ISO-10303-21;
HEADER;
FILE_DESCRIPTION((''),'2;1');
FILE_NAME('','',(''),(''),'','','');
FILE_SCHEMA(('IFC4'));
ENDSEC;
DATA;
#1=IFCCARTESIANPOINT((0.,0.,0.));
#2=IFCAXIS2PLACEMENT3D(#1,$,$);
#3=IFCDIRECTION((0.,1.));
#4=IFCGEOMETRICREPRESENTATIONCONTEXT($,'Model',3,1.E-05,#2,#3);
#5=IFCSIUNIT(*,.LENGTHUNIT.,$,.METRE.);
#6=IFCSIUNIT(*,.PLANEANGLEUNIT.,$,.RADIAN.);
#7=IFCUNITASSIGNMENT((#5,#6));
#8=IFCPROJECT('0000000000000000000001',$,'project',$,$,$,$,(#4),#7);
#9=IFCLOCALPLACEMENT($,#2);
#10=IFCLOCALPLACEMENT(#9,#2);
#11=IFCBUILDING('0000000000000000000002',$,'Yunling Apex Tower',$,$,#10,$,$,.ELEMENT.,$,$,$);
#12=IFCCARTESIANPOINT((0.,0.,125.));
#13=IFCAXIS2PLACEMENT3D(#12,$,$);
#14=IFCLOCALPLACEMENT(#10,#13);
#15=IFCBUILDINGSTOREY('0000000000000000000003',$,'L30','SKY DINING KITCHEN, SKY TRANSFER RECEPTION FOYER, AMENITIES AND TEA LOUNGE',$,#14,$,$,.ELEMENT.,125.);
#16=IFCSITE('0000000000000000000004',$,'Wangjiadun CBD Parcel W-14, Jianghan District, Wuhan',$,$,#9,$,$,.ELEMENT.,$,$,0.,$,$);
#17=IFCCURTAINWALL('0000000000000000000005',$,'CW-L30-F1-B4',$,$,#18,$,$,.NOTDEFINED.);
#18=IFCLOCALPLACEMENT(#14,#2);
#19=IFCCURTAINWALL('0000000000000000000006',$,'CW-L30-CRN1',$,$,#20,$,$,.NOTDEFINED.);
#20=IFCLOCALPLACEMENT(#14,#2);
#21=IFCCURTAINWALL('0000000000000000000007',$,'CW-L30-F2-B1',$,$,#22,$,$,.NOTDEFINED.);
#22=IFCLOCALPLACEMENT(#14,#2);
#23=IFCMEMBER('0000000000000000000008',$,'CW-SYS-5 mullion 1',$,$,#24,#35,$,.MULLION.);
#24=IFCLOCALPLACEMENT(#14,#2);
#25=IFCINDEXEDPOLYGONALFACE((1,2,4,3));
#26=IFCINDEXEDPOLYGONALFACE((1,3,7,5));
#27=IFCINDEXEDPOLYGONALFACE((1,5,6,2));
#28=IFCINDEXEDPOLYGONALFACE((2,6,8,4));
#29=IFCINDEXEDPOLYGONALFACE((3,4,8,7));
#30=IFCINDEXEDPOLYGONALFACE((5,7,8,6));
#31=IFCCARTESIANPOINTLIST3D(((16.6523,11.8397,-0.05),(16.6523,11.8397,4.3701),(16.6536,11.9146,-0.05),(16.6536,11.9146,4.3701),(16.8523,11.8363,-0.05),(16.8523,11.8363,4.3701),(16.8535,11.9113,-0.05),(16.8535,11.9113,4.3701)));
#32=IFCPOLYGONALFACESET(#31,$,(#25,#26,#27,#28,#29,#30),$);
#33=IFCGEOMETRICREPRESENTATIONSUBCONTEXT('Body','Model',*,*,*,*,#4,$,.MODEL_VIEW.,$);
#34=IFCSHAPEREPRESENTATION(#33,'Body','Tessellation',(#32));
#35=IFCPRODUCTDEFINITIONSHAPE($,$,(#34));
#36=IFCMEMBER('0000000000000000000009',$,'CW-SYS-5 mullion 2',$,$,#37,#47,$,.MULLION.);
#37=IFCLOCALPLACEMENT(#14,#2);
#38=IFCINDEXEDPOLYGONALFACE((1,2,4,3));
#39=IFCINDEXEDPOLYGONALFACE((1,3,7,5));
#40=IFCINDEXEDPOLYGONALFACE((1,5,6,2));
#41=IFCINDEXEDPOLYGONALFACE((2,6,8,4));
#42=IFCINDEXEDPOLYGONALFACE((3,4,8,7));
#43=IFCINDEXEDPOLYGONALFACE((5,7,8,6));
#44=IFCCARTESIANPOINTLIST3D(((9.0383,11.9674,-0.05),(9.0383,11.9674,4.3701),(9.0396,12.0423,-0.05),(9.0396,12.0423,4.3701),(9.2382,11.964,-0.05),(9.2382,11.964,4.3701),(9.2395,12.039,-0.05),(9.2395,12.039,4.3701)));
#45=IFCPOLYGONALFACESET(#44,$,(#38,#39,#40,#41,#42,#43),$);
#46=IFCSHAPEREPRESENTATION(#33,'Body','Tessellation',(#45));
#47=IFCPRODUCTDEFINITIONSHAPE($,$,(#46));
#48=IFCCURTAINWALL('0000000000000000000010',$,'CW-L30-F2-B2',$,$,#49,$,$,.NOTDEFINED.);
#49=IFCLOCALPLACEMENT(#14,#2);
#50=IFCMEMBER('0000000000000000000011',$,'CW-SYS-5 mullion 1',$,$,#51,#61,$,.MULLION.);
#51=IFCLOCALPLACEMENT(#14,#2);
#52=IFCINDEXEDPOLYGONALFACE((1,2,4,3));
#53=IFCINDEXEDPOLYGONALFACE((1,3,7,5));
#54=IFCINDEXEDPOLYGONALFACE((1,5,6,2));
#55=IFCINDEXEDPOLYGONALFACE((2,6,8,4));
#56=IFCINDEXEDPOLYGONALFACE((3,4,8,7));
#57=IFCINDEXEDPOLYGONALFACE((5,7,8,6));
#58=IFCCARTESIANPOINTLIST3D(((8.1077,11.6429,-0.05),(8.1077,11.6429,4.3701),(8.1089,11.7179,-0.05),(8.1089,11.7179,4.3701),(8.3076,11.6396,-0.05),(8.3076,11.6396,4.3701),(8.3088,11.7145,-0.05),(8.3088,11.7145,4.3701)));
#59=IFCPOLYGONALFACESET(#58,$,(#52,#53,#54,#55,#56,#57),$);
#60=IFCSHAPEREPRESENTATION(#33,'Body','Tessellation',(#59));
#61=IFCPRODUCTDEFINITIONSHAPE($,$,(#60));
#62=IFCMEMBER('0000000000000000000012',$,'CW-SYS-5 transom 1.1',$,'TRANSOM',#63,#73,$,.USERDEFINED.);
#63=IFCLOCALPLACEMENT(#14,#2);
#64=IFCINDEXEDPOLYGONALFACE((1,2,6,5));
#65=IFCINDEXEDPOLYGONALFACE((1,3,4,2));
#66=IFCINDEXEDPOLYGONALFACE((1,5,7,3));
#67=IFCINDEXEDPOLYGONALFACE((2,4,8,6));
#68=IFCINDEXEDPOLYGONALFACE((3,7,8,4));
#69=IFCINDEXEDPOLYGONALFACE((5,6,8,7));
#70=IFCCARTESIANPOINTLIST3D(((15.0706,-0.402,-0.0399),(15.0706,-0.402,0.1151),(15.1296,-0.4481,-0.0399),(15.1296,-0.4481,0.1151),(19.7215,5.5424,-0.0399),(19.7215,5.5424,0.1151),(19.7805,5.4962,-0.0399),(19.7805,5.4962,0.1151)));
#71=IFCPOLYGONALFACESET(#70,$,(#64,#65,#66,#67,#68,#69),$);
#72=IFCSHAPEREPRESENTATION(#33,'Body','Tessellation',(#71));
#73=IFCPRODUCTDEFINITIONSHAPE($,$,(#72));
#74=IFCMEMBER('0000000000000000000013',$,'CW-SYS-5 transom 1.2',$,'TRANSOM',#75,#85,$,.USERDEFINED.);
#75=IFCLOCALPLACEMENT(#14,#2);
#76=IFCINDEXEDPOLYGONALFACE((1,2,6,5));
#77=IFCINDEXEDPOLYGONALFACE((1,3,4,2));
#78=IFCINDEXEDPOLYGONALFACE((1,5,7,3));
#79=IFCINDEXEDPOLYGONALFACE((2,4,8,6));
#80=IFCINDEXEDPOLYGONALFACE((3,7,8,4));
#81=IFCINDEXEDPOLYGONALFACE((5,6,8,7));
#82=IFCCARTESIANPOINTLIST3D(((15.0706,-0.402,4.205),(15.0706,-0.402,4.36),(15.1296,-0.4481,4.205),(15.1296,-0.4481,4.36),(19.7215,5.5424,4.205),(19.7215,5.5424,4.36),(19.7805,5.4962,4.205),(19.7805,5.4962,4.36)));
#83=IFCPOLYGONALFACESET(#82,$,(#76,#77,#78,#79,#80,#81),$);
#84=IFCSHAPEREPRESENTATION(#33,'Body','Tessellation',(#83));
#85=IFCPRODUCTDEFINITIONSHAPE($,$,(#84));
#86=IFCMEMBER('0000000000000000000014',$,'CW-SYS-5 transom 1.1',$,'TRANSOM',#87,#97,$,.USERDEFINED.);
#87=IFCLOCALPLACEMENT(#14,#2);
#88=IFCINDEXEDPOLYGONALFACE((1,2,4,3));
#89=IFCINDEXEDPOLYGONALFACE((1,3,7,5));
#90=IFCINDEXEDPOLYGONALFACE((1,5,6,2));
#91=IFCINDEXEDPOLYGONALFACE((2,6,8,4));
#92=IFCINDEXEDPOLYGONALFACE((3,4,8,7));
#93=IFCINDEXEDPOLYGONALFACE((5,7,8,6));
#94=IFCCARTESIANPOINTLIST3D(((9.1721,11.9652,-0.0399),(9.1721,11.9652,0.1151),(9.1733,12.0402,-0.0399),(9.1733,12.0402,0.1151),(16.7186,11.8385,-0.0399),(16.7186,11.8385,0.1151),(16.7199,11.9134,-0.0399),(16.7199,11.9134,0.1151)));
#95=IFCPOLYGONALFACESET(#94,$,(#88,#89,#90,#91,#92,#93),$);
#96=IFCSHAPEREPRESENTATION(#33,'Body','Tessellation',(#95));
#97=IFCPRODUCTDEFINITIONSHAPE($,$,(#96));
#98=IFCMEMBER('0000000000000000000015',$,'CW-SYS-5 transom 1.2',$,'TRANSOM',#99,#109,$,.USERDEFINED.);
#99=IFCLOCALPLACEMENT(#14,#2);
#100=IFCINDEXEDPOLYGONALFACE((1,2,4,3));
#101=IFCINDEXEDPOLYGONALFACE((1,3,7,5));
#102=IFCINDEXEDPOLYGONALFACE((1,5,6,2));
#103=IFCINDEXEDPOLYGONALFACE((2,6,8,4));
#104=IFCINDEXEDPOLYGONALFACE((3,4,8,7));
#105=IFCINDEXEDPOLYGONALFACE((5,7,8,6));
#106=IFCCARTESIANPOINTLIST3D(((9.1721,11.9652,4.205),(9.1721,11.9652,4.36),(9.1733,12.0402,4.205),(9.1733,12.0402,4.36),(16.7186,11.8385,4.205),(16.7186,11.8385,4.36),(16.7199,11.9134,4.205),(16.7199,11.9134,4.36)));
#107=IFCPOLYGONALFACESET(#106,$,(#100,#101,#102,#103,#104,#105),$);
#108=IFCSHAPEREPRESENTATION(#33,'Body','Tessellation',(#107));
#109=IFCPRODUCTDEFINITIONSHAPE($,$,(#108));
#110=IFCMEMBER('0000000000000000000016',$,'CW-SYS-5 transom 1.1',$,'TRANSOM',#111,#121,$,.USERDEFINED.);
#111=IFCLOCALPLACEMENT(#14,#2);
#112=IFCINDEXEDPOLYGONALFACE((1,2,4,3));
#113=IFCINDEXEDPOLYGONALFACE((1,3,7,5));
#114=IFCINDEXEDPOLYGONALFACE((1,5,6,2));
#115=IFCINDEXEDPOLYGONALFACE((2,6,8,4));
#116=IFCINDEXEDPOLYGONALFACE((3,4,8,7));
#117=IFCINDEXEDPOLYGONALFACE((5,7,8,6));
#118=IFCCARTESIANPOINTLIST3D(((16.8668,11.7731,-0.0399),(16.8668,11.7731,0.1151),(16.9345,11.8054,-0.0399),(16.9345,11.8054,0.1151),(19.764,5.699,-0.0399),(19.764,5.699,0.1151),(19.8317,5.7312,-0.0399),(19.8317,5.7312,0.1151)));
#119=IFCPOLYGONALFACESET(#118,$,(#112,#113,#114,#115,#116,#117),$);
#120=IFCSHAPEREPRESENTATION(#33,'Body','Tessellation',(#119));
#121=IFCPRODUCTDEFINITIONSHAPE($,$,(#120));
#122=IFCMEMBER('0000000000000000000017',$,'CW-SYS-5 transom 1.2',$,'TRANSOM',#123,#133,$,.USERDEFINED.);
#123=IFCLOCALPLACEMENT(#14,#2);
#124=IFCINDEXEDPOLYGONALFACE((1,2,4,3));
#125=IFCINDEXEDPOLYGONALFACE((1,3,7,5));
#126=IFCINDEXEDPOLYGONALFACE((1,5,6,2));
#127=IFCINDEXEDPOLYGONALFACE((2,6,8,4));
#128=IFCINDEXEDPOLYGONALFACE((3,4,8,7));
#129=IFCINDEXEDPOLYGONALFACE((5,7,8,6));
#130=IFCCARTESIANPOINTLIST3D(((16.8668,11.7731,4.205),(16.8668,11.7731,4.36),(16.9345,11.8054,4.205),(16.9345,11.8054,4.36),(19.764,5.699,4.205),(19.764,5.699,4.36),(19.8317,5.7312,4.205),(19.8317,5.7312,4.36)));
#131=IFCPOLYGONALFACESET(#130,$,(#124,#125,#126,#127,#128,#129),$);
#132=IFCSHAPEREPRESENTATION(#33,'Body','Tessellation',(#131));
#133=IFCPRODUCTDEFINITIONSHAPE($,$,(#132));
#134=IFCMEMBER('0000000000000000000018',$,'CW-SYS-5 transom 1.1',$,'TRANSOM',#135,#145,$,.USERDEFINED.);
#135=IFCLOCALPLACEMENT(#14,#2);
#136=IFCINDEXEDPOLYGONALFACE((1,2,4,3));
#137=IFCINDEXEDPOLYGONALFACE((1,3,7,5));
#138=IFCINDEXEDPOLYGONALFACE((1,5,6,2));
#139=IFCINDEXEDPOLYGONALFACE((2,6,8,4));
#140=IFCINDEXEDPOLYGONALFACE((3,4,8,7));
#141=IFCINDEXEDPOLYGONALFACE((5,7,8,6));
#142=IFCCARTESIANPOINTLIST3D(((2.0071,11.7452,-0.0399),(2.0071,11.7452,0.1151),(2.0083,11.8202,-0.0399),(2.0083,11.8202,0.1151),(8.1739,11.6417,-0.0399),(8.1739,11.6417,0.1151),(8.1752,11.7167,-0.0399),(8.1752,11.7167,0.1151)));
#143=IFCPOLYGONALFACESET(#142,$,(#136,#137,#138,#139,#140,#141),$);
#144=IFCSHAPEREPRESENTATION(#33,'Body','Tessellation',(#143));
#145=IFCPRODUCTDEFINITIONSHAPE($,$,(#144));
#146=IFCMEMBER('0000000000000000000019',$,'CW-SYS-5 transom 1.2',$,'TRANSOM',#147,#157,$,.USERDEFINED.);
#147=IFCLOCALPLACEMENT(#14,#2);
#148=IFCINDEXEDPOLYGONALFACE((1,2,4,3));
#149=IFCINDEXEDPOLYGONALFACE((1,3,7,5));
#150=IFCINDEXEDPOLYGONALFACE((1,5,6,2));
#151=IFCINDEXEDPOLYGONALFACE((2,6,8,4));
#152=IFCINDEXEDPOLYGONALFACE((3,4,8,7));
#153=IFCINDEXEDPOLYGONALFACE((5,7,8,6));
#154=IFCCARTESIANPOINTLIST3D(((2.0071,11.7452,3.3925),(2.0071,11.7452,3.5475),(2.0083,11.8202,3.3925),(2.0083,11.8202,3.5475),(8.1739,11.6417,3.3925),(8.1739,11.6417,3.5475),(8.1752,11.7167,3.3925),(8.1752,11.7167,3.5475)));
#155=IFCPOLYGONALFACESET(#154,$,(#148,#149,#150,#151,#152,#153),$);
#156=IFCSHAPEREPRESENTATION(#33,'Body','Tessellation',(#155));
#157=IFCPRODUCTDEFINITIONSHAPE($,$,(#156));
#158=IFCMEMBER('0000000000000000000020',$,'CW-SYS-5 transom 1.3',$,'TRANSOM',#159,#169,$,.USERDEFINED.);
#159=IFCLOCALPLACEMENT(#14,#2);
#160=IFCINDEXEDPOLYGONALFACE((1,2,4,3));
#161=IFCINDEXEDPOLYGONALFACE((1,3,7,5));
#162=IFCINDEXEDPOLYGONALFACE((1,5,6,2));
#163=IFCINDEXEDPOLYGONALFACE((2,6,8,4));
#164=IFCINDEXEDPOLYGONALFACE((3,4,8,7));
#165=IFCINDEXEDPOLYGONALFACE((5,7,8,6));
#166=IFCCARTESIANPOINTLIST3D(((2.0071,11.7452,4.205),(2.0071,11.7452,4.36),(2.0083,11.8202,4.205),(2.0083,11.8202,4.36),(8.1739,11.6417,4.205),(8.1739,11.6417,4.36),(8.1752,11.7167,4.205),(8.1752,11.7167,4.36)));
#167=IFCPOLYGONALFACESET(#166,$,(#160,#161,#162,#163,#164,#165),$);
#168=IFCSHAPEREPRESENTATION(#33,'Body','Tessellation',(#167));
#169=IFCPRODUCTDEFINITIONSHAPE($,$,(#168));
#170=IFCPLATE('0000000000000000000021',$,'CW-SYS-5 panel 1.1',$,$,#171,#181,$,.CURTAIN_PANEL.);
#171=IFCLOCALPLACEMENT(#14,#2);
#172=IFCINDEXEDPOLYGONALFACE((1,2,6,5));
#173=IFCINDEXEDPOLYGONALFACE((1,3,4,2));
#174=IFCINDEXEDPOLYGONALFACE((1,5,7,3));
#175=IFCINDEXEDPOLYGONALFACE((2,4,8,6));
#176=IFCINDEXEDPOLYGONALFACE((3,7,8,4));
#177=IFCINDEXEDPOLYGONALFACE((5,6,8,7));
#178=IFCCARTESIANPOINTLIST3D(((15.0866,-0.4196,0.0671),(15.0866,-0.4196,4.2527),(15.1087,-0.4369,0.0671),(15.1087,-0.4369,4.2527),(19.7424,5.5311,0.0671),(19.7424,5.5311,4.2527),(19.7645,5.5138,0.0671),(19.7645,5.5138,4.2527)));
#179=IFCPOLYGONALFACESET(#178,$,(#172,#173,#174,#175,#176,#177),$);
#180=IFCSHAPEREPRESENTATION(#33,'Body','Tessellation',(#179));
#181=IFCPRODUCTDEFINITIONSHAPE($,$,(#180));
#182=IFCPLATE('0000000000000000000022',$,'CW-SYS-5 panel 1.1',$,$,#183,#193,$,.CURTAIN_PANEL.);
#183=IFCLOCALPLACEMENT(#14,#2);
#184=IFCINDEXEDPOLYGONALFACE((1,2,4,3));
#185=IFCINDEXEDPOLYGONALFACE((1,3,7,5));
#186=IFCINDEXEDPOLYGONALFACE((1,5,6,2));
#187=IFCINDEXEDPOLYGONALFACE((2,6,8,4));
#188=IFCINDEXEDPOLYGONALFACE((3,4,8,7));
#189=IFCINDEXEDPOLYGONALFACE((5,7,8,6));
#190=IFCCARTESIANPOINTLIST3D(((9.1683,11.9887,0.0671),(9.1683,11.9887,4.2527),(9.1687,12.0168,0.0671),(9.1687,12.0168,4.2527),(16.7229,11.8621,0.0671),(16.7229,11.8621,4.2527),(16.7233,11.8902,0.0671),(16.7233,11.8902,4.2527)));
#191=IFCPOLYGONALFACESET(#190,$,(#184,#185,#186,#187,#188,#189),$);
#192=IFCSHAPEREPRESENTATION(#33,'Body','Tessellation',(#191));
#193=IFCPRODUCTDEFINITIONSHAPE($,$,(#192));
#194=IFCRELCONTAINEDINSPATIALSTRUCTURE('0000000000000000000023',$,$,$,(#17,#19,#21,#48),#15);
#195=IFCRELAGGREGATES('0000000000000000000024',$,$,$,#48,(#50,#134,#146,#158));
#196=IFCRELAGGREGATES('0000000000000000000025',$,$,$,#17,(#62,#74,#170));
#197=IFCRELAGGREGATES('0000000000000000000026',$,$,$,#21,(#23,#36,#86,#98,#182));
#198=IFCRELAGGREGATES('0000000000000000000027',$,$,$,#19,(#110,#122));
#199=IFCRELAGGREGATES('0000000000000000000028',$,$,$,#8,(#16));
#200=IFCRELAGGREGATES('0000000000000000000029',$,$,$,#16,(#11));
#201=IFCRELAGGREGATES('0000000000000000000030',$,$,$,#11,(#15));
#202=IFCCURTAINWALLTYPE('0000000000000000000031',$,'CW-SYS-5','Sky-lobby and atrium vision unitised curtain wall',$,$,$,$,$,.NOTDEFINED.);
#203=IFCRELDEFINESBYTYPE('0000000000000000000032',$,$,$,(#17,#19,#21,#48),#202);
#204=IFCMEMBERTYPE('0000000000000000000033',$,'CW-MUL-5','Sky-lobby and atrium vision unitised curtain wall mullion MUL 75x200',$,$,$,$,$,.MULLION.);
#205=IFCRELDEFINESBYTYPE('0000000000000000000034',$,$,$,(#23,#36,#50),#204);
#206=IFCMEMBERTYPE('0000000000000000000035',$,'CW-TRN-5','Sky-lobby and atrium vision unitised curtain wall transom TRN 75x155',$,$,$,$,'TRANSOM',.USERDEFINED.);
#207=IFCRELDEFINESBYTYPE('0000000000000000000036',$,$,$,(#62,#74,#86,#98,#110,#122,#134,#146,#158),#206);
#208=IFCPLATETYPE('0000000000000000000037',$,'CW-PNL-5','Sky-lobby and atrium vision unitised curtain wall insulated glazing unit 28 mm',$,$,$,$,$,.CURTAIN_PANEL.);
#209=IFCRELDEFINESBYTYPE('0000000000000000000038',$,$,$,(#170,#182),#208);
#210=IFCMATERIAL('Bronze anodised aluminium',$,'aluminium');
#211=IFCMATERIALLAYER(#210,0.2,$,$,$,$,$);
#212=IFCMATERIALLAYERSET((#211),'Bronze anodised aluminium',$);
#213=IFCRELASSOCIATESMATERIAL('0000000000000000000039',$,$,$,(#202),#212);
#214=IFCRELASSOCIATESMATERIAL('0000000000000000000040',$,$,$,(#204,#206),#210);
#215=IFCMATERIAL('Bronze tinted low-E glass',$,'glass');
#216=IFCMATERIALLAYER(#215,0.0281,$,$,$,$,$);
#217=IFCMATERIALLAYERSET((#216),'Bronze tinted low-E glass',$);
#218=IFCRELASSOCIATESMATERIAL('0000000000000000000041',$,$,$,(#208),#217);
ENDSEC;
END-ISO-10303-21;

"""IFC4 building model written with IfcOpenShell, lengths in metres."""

from ifc_helpers import new_model, si_unit, direction, frame, origin, origin_2d, place, context, subcontext, project, spatial, rectangle, extrude, source, transform, mapped, material, layer, layer_set, material_profile, profile_set, type_object, element, aggregate, save


model = new_model("IFC4")

# Units and contexts
model_context = context("Model", 3, precision=1e-05, world=origin(), true_north=direction((0.0, 1.0)))
body_context = subcontext(model_context, "Body", "Model", "MODEL_VIEW")
ifc_project = project(units=[si_unit("LENGTHUNIT", "METRE"), si_unit("PLANEANGLEUNIT", "RADIAN")], contexts=[model_context])

# Site, building, storey
site_placement = place(None, origin())
site = spatial("IfcSite", under=ifc_project, at=site_placement, Name="Wangjiadun CBD Parcel W-14, Jianghan District, Wuhan", CompositionType="ELEMENT", RefElevation=0.0)
building_placement = place(site_placement, origin())
building = spatial("IfcBuilding", under=site, at=building_placement, Name="Yunling Apex Tower", CompositionType="ELEMENT")
storey_placement = place(building_placement, frame((0.0, 0.0, 125.0)))
storey = spatial("IfcBuildingStorey", under=building, at=storey_placement, Name="L30", Description="SKY DINING KITCHEN, SKY TRANSFER RECEPTION FOYER, AMENITIES AND TEA LOUNGE", CompositionType="ELEMENT", Elevation=125.0)

# Curtain wall
ifc_material_1 = material(Name="Bronze anodised aluminium", Category="aluminium")
ifc_layer_1 = layer(ifc_material_1, 0.2)
ifc_layer_set_1 = layer_set([ifc_layer_1], Name="Bronze anodised aluminium")
curtain_wall_type = type_object("IfcCurtainWallType", Name="CW-SYS-5", Description="Sky-lobby and atrium vision unitised curtain wall", PredefinedType="NOTDEFINED", material=ifc_layer_set_1)
curtain_wall_1_placement = place(storey_placement, origin())
curtain_wall_1 = element("IfcCurtainWall", 1, at=curtain_wall_1_placement, inside=storey, type_object=curtain_wall_type, Name="CW-L30-F1-B4", PredefinedType="NOTDEFINED")
ifc_material_profile_1 = material_profile(ifc_material_1, rectangle(XDim=0.075, YDim=0.2, at=origin_2d()))
ifc_profile_set_1 = profile_set([ifc_material_profile_1], Name="Bronze anodised aluminium")
member_type_1 = type_object("IfcMemberType", Name="CW-MUL-5", Description="Sky-lobby and atrium vision unitised curtain wall mullion MUL 75x200", PredefinedType="MULLION", material=ifc_profile_set_1)
shared_shape_1 = source(origin(), body_context, "Body", "SweptSolid", [
    extrude(rectangle(XDim=0.075, YDim=0.2, at=origin_2d()), origin(), (0.0, 0.0, 1.0), 4.4202),
])

# Curtain walls, members
curtain_wall_2_placement = place(storey_placement, origin())
curtain_wall_2 = element("IfcCurtainWall", 2, at=curtain_wall_2_placement, inside=storey, type_object=curtain_wall_type, Name="CW-L30-CRN1", PredefinedType="NOTDEFINED")
curtain_wall_3_placement = place(storey_placement, origin())
curtain_wall_3 = element("IfcCurtainWall", 3, at=curtain_wall_3_placement, inside=storey, type_object=curtain_wall_type, Name="CW-L30-F2-B1", PredefinedType="NOTDEFINED")
member_1_placement = place(storey_placement, frame((16.7529, 11.8755, -0.05), z_axis=(0.0, 0.0, 1.0), x_axis=(-0.016762, -0.99986, 0.0)))
member_1 = element("IfcMember", 4, at=member_1_placement, type_object=member_type_1, Name="CW-SYS-5 mullion 1", PredefinedType="MULLION", context=body_context, shape_type="MappedRepresentation", body=[
    mapped(shared_shape_1, transform((0.0, 0.0, 0.0), scale=1.0)),
])
member_2_placement = place(storey_placement, frame((9.1389, 12.0032, -0.05), z_axis=(0.0, 0.0, 1.0), x_axis=(-0.016762, -0.99986, 0.0)))
member_2 = element("IfcMember", 5, at=member_2_placement, type_object=member_type_1, Name="CW-SYS-5 mullion 2", PredefinedType="MULLION", context=body_context, shape_type="MappedRepresentation", body=[
    mapped(shared_shape_1, transform((0.0, 0.0, 0.0), scale=1.0)),
])

# Curtain wall, member
curtain_wall_4_placement = place(storey_placement, origin())
curtain_wall_4 = element("IfcCurtainWall", 6, at=curtain_wall_4_placement, inside=storey, type_object=curtain_wall_type, Name="CW-L30-F2-B2", PredefinedType="NOTDEFINED")
member_3_placement = place(storey_placement, frame((8.2083, 11.6787, -0.05), z_axis=(0.0, 0.0, 1.0), x_axis=(-0.016767, -0.999859, 0.0)))
member_3 = element("IfcMember", 7, at=member_3_placement, type_object=member_type_1, Name="CW-SYS-5 mullion 1", PredefinedType="MULLION", context=body_context, shape_type="MappedRepresentation", body=[
    mapped(shared_shape_1, transform((0.0, 0.0, 0.0), scale=1.0)),
])

# Members
ifc_material_profile_2 = material_profile(ifc_material_1, rectangle(XDim=0.075, YDim=0.155, at=origin_2d()))
ifc_profile_set_2 = profile_set([ifc_material_profile_2], Name="Bronze anodised aluminium")
member_type_2 = type_object("IfcMemberType", Name="CW-TRN-5", Description="Sky-lobby and atrium vision unitised curtain wall transom TRN 75x155", ElementType="TRANSOM", PredefinedType="USERDEFINED", material=ifc_profile_set_2)
shared_shape_2 = source(origin(), body_context, "Body", "SweptSolid", [
    extrude(rectangle(XDim=0.075, YDim=0.155, at=origin_2d()), origin(), (0.0, 0.0, 1.0), 7.5476),
])
member_4_placement = place(storey_placement, frame((15.1001, -0.425, 0.0376), z_axis=(0.616209, 0.787583, 0.0), x_axis=(-0.787583, 0.616209, 0.0)))
member_4 = element("IfcMember", 8, at=member_4_placement, type_object=member_type_2, Name="CW-SYS-5 transom 1.1", ObjectType="TRANSOM", PredefinedType="USERDEFINED", context=body_context, shape_type="MappedRepresentation", body=[
    mapped(shared_shape_2, transform((0.0, 0.0, 0.0), scale=1.0)),
])
member_5_placement = place(storey_placement, frame((15.1001, -0.425, 4.2825), z_axis=(0.616209, 0.787583, 0.0), x_axis=(-0.787583, 0.616209, 0.0)))
member_5 = element("IfcMember", 9, at=member_5_placement, type_object=member_type_2, Name="CW-SYS-5 transom 1.2", ObjectType="TRANSOM", PredefinedType="USERDEFINED", context=body_context, shape_type="MappedRepresentation", body=[
    mapped(shared_shape_2, transform((0.0, 0.0, 0.0), scale=1.0)),
])
member_6_placement = place(storey_placement, frame((16.7192, 11.876, 0.0376), z_axis=(-0.999859, 0.016788, 0.0), x_axis=(-0.016788, -0.999859, 0.0)))
member_6 = element("IfcMember", 10, at=member_6_placement, type_object=member_type_2, Name="CW-SYS-5 transom 1.1", ObjectType="TRANSOM", PredefinedType="USERDEFINED", context=body_context, shape_type="MappedRepresentation", body=[
    mapped(shared_shape_2, transform((0.0, 0.0, 0.0), scale=1.0)),
])
member_7_placement = place(storey_placement, frame((16.7192, 11.876, 4.2825), z_axis=(-0.999859, 0.016788, 0.0), x_axis=(-0.016788, -0.999859, 0.0)))
member_7 = element("IfcMember", 11, at=member_7_placement, type_object=member_type_2, Name="CW-SYS-5 transom 1.2", ObjectType="TRANSOM", PredefinedType="USERDEFINED", context=body_context, shape_type="MappedRepresentation", body=[
    mapped(shared_shape_2, transform((0.0, 0.0, 0.0), scale=1.0)),
])
shared_shape_3 = source(origin(), body_context, "Body", "SweptSolid", [
    extrude(rectangle(XDim=0.075, YDim=0.155, at=origin_2d()), origin(), (0.0, 0.0, 1.0), 6.7297),
])
member_8_placement = place(storey_placement, frame((19.7979, 5.7151, 0.0376), z_axis=(-0.430507, 0.902587, 0.0), x_axis=(-0.902587, -0.430507, 0.0)))
member_8 = element("IfcMember", 12, at=member_8_placement, type_object=member_type_2, Name="CW-SYS-5 transom 1.1", ObjectType="TRANSOM", PredefinedType="USERDEFINED", context=body_context, shape_type="MappedRepresentation", body=[
    mapped(shared_shape_3, transform((0.0, 0.0, 0.0), scale=1.0)),
])
member_9_placement = place(storey_placement, frame((19.7979, 5.7151, 4.2825), z_axis=(-0.430507, 0.902587, 0.0), x_axis=(-0.902587, -0.430507, 0.0)))
member_9 = element("IfcMember", 13, at=member_9_placement, type_object=member_type_2, Name="CW-SYS-5 transom 1.2", ObjectType="TRANSOM", PredefinedType="USERDEFINED", context=body_context, shape_type="MappedRepresentation", body=[
    mapped(shared_shape_3, transform((0.0, 0.0, 0.0), scale=1.0)),
])
shared_shape_4 = source(origin(), body_context, "Body", "SweptSolid", [
    extrude(rectangle(XDim=0.075, YDim=0.155, at=origin_2d()), origin(), (0.0, 0.0, 1.0), 6.1677),
])
member_10_placement = place(storey_placement, frame((8.1746, 11.6792, 0.0376), z_axis=(-0.999859, 0.016784, 0.0), x_axis=(-0.016784, -0.999859, 0.0)))
member_10 = element("IfcMember", 14, at=member_10_placement, type_object=member_type_2, Name="CW-SYS-5 transom 1.1", ObjectType="TRANSOM", PredefinedType="USERDEFINED", context=body_context, shape_type="MappedRepresentation", body=[
    mapped(shared_shape_4, transform((0.0, 0.0, 0.0), scale=1.0)),
])
member_11_placement = place(storey_placement, frame((8.1746, 11.6792, 3.47), z_axis=(-0.999859, 0.016784, 0.0), x_axis=(-0.016784, -0.999859, 0.0)))
member_11 = element("IfcMember", 15, at=member_11_placement, type_object=member_type_2, Name="CW-SYS-5 transom 1.2", ObjectType="TRANSOM", PredefinedType="USERDEFINED", context=body_context, shape_type="MappedRepresentation", body=[
    mapped(shared_shape_4, transform((0.0, 0.0, 0.0), scale=1.0)),
])
member_12_placement = place(storey_placement, frame((8.1746, 11.6792, 4.2825), z_axis=(-0.999859, 0.016784, 0.0), x_axis=(-0.016784, -0.999859, 0.0)))
member_12 = element("IfcMember", 16, at=member_12_placement, type_object=member_type_2, Name="CW-SYS-5 transom 1.3", ObjectType="TRANSOM", PredefinedType="USERDEFINED", context=body_context, shape_type="MappedRepresentation", body=[
    mapped(shared_shape_4, transform((0.0, 0.0, 0.0), scale=1.0)),
])
aggregate(curtain_wall_4, [member_3, member_10, member_11, member_12])

# Plates
ifc_material_2 = material(Name="Bronze tinted low-E glass", Category="glass")
ifc_layer_2 = layer(ifc_material_2, 0.0281)
ifc_layer_set_2 = layer_set([ifc_layer_2], Name="Bronze tinted low-E glass")
plate_type = type_object("IfcPlateType", Name="CW-PNL-5", Description="Sky-lobby and atrium vision unitised curtain wall insulated glazing unit 28 mm", PredefinedType="CURTAIN_PANEL", material=ifc_layer_set_2)
shared_shape_5 = source(origin(), body_context, "Body", "SweptSolid", [
    extrude(rectangle(XDim=7.5557, YDim=0.0281, at=origin_2d()), origin(), (0.0, 0.0, 1.0), 4.1855),
])
plate_1_placement = place(storey_placement, frame((17.4255, 2.5471, 0.0671), z_axis=(0.0, 0.0, 1.0), x_axis=(0.616208, 0.787584, 0.0)))
plate_1 = element("IfcPlate", 17, at=plate_1_placement, type_object=plate_type, Name="CW-SYS-5 panel 1.1", PredefinedType="CURTAIN_PANEL", context=body_context, shape_type="MappedRepresentation", body=[
    mapped(shared_shape_5, transform((0.0, 0.0, 0.0), scale=1.0)),
])
aggregate(curtain_wall_1, [member_4, member_5, plate_1])
plate_2_placement = place(storey_placement, frame((12.9458, 11.9395, 0.0671), z_axis=(0.0, 0.0, 1.0), x_axis=(-0.99986, 0.016762, 0.0)))
plate_2 = element("IfcPlate", 18, at=plate_2_placement, type_object=plate_type, Name="CW-SYS-5 panel 1.1", PredefinedType="CURTAIN_PANEL", context=body_context, shape_type="MappedRepresentation", body=[
    mapped(shared_shape_5, transform((0.0, 0.0, 0.0), scale=1.0)),
])
aggregate(curtain_wall_3, [member_1, member_2, member_6, member_7, plate_2])
aggregate(curtain_wall_2, [member_8, member_9])

save(model, "model.ifc")
